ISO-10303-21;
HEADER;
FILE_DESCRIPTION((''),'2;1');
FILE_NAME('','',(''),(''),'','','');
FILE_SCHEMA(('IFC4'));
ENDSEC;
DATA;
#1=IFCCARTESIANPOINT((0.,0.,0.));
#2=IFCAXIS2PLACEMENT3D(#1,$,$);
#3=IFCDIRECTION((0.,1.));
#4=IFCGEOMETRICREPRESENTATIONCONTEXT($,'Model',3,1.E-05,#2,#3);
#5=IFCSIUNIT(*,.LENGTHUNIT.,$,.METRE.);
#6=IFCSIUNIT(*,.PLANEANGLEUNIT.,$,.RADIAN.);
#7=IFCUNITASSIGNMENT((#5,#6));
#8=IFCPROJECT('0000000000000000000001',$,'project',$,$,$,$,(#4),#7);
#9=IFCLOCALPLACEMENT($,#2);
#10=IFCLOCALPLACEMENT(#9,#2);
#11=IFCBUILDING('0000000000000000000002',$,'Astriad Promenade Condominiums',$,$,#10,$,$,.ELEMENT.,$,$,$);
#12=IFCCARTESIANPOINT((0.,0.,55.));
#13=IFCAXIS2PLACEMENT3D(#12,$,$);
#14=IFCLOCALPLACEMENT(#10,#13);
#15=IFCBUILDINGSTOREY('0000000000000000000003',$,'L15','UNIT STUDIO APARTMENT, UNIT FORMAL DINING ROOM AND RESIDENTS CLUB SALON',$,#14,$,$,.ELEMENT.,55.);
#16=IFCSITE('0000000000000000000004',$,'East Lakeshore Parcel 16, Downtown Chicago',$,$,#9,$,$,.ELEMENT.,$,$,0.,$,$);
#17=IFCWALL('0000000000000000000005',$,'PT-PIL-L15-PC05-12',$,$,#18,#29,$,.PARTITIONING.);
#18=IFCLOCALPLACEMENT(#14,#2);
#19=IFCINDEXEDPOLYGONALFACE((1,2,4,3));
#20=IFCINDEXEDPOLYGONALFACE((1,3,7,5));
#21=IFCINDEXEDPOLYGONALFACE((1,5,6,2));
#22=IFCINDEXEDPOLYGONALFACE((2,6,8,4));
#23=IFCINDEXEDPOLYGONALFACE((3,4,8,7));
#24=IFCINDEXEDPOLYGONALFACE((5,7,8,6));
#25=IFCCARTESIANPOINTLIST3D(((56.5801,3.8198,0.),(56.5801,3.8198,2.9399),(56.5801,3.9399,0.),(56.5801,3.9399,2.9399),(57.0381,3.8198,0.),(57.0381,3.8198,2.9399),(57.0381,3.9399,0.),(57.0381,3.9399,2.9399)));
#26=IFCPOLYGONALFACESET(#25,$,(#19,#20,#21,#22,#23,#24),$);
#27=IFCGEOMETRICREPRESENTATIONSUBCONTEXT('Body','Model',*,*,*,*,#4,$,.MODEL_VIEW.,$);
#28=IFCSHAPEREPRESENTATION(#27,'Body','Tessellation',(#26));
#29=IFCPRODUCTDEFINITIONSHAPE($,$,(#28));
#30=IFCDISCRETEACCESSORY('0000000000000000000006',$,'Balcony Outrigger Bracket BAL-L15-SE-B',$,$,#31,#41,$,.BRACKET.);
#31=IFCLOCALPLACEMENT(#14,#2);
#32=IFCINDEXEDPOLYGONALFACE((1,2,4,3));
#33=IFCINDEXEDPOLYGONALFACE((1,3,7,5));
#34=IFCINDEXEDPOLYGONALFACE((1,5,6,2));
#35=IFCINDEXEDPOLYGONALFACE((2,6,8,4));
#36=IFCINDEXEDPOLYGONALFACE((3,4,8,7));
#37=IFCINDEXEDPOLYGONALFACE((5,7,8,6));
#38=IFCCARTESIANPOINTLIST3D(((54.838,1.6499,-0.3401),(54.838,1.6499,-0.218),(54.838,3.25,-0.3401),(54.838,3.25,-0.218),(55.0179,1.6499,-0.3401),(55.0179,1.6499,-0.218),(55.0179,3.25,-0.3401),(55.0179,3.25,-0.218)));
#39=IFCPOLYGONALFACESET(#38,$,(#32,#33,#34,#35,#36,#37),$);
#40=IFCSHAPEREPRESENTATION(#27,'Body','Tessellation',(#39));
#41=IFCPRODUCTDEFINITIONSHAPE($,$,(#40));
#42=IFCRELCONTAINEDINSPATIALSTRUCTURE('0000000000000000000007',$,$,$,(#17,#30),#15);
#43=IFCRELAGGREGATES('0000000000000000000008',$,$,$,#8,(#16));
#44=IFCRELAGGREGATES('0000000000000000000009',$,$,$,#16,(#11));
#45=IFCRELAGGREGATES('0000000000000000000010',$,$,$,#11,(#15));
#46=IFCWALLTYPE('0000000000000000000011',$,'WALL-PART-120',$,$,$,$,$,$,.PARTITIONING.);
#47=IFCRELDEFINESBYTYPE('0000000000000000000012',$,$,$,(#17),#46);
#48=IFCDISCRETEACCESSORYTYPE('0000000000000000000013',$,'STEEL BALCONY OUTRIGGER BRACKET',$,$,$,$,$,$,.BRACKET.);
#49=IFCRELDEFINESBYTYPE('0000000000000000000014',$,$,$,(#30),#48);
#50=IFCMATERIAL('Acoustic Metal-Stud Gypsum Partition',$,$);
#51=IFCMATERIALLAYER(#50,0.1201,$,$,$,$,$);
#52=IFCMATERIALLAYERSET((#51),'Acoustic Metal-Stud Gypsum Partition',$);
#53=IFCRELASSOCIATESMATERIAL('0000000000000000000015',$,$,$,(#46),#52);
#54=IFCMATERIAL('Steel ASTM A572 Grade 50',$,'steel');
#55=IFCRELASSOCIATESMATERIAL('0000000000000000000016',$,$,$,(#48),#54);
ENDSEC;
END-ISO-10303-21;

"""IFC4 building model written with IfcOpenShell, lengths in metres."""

from ifc_helpers import new_model, si_unit, direction, frame, frame_2d, origin, origin_2d, place, context, subcontext, project, spatial, rectangle, extrude, source, transform, mapped, material, layer, layer_set, type_object, type_shapes, element, save


model = new_model("IFC4")

# Units and contexts
model_context = context("Model", 3, precision=1e-05, world=origin(), true_north=direction((0.0, 1.0)))
body_context = subcontext(model_context, "Body", "Model", "MODEL_VIEW")
ifc_project = project(units=[si_unit("LENGTHUNIT", "METRE"), si_unit("PLANEANGLEUNIT", "RADIAN")], contexts=[model_context])

# Site, building, storey
site_placement = place(None, origin())
site = spatial("IfcSite", under=ifc_project, at=site_placement, Name="East Lakeshore Parcel 16, Downtown Chicago", CompositionType="ELEMENT", RefElevation=0.0)
building_placement = place(site_placement, origin())
building = spatial("IfcBuilding", under=site, at=building_placement, Name="Astriad Promenade Condominiums", CompositionType="ELEMENT")
storey_placement = place(building_placement, frame((0.0, 0.0, 55.0)))
storey = spatial("IfcBuildingStorey", under=building, at=storey_placement, Name="L15", Description="UNIT STUDIO APARTMENT, UNIT FORMAL DINING ROOM AND RESIDENTS CLUB SALON", CompositionType="ELEMENT", Elevation=55.0)

# Shared definitions
ifc_material_1 = material(Name="Acoustic Metal-Stud Gypsum Partition")
ifc_layer_1 = layer(ifc_material_1, 0.1201)
ifc_layer_set_1 = layer_set([ifc_layer_1], Name="Acoustic Metal-Stud Gypsum Partition")
wall_type_1 = type_object("IfcWallType", Name="WALL-PART-120", PredefinedType="PARTITIONING", material=ifc_layer_set_1)

# Wall
wall_1_placement = place(storey_placement, frame((56.5801, 3.8799, 0.0), z_axis=(0.0, 0.0, 1.0), x_axis=(1.0, 0.0, 0.0)))
element("IfcWall", 1, at=wall_1_placement, inside=storey, type_object=wall_type_1, Name="PT-PIL-L15-PC05-12", PredefinedType="PARTITIONING", context=body_context, shape_type="SweptSolid", body=[
    extrude(rectangle(XDim=0.458, YDim=0.1201, at=frame_2d((0.229, 0.0))), origin(), (0.0, 0.0, 1.0), 2.9399),
])

# Discrete accessory
ifc_material_2 = material(Name="Steel ASTM A572 Grade 50", Category="steel")
discrete_accessory_type = type_object("IfcDiscreteAccessoryType", Name="STEEL BALCONY OUTRIGGER BRACKET", PredefinedType="BRACKET", material=ifc_material_2)
shared_shape_1 = source(origin(), body_context, "Body", "SweptSolid", [
    extrude(rectangle(XDim=1.6001, YDim=0.1799, at=origin_2d()), origin(), (0.0, 0.0, 1.0), 0.1221),
])
type_shapes(discrete_accessory_type, [shared_shape_1])
discrete_accessory_placement = place(storey_placement, frame((54.928, 2.45, -0.3401), z_axis=(0.0, 0.0, 1.0), x_axis=(0.0, -1.0, 0.0)))
element("IfcDiscreteAccessory", 2, at=discrete_accessory_placement, inside=storey, type_object=discrete_accessory_type, Name="Balcony Outrigger Bracket BAL-L15-SE-B", PredefinedType="BRACKET", context=body_context, shape_type="MappedRepresentation", body=[
    mapped(shared_shape_1, transform((0.0, 0.0, 0.0), scale=1.0)),
])

save(model, "model.ifc")
